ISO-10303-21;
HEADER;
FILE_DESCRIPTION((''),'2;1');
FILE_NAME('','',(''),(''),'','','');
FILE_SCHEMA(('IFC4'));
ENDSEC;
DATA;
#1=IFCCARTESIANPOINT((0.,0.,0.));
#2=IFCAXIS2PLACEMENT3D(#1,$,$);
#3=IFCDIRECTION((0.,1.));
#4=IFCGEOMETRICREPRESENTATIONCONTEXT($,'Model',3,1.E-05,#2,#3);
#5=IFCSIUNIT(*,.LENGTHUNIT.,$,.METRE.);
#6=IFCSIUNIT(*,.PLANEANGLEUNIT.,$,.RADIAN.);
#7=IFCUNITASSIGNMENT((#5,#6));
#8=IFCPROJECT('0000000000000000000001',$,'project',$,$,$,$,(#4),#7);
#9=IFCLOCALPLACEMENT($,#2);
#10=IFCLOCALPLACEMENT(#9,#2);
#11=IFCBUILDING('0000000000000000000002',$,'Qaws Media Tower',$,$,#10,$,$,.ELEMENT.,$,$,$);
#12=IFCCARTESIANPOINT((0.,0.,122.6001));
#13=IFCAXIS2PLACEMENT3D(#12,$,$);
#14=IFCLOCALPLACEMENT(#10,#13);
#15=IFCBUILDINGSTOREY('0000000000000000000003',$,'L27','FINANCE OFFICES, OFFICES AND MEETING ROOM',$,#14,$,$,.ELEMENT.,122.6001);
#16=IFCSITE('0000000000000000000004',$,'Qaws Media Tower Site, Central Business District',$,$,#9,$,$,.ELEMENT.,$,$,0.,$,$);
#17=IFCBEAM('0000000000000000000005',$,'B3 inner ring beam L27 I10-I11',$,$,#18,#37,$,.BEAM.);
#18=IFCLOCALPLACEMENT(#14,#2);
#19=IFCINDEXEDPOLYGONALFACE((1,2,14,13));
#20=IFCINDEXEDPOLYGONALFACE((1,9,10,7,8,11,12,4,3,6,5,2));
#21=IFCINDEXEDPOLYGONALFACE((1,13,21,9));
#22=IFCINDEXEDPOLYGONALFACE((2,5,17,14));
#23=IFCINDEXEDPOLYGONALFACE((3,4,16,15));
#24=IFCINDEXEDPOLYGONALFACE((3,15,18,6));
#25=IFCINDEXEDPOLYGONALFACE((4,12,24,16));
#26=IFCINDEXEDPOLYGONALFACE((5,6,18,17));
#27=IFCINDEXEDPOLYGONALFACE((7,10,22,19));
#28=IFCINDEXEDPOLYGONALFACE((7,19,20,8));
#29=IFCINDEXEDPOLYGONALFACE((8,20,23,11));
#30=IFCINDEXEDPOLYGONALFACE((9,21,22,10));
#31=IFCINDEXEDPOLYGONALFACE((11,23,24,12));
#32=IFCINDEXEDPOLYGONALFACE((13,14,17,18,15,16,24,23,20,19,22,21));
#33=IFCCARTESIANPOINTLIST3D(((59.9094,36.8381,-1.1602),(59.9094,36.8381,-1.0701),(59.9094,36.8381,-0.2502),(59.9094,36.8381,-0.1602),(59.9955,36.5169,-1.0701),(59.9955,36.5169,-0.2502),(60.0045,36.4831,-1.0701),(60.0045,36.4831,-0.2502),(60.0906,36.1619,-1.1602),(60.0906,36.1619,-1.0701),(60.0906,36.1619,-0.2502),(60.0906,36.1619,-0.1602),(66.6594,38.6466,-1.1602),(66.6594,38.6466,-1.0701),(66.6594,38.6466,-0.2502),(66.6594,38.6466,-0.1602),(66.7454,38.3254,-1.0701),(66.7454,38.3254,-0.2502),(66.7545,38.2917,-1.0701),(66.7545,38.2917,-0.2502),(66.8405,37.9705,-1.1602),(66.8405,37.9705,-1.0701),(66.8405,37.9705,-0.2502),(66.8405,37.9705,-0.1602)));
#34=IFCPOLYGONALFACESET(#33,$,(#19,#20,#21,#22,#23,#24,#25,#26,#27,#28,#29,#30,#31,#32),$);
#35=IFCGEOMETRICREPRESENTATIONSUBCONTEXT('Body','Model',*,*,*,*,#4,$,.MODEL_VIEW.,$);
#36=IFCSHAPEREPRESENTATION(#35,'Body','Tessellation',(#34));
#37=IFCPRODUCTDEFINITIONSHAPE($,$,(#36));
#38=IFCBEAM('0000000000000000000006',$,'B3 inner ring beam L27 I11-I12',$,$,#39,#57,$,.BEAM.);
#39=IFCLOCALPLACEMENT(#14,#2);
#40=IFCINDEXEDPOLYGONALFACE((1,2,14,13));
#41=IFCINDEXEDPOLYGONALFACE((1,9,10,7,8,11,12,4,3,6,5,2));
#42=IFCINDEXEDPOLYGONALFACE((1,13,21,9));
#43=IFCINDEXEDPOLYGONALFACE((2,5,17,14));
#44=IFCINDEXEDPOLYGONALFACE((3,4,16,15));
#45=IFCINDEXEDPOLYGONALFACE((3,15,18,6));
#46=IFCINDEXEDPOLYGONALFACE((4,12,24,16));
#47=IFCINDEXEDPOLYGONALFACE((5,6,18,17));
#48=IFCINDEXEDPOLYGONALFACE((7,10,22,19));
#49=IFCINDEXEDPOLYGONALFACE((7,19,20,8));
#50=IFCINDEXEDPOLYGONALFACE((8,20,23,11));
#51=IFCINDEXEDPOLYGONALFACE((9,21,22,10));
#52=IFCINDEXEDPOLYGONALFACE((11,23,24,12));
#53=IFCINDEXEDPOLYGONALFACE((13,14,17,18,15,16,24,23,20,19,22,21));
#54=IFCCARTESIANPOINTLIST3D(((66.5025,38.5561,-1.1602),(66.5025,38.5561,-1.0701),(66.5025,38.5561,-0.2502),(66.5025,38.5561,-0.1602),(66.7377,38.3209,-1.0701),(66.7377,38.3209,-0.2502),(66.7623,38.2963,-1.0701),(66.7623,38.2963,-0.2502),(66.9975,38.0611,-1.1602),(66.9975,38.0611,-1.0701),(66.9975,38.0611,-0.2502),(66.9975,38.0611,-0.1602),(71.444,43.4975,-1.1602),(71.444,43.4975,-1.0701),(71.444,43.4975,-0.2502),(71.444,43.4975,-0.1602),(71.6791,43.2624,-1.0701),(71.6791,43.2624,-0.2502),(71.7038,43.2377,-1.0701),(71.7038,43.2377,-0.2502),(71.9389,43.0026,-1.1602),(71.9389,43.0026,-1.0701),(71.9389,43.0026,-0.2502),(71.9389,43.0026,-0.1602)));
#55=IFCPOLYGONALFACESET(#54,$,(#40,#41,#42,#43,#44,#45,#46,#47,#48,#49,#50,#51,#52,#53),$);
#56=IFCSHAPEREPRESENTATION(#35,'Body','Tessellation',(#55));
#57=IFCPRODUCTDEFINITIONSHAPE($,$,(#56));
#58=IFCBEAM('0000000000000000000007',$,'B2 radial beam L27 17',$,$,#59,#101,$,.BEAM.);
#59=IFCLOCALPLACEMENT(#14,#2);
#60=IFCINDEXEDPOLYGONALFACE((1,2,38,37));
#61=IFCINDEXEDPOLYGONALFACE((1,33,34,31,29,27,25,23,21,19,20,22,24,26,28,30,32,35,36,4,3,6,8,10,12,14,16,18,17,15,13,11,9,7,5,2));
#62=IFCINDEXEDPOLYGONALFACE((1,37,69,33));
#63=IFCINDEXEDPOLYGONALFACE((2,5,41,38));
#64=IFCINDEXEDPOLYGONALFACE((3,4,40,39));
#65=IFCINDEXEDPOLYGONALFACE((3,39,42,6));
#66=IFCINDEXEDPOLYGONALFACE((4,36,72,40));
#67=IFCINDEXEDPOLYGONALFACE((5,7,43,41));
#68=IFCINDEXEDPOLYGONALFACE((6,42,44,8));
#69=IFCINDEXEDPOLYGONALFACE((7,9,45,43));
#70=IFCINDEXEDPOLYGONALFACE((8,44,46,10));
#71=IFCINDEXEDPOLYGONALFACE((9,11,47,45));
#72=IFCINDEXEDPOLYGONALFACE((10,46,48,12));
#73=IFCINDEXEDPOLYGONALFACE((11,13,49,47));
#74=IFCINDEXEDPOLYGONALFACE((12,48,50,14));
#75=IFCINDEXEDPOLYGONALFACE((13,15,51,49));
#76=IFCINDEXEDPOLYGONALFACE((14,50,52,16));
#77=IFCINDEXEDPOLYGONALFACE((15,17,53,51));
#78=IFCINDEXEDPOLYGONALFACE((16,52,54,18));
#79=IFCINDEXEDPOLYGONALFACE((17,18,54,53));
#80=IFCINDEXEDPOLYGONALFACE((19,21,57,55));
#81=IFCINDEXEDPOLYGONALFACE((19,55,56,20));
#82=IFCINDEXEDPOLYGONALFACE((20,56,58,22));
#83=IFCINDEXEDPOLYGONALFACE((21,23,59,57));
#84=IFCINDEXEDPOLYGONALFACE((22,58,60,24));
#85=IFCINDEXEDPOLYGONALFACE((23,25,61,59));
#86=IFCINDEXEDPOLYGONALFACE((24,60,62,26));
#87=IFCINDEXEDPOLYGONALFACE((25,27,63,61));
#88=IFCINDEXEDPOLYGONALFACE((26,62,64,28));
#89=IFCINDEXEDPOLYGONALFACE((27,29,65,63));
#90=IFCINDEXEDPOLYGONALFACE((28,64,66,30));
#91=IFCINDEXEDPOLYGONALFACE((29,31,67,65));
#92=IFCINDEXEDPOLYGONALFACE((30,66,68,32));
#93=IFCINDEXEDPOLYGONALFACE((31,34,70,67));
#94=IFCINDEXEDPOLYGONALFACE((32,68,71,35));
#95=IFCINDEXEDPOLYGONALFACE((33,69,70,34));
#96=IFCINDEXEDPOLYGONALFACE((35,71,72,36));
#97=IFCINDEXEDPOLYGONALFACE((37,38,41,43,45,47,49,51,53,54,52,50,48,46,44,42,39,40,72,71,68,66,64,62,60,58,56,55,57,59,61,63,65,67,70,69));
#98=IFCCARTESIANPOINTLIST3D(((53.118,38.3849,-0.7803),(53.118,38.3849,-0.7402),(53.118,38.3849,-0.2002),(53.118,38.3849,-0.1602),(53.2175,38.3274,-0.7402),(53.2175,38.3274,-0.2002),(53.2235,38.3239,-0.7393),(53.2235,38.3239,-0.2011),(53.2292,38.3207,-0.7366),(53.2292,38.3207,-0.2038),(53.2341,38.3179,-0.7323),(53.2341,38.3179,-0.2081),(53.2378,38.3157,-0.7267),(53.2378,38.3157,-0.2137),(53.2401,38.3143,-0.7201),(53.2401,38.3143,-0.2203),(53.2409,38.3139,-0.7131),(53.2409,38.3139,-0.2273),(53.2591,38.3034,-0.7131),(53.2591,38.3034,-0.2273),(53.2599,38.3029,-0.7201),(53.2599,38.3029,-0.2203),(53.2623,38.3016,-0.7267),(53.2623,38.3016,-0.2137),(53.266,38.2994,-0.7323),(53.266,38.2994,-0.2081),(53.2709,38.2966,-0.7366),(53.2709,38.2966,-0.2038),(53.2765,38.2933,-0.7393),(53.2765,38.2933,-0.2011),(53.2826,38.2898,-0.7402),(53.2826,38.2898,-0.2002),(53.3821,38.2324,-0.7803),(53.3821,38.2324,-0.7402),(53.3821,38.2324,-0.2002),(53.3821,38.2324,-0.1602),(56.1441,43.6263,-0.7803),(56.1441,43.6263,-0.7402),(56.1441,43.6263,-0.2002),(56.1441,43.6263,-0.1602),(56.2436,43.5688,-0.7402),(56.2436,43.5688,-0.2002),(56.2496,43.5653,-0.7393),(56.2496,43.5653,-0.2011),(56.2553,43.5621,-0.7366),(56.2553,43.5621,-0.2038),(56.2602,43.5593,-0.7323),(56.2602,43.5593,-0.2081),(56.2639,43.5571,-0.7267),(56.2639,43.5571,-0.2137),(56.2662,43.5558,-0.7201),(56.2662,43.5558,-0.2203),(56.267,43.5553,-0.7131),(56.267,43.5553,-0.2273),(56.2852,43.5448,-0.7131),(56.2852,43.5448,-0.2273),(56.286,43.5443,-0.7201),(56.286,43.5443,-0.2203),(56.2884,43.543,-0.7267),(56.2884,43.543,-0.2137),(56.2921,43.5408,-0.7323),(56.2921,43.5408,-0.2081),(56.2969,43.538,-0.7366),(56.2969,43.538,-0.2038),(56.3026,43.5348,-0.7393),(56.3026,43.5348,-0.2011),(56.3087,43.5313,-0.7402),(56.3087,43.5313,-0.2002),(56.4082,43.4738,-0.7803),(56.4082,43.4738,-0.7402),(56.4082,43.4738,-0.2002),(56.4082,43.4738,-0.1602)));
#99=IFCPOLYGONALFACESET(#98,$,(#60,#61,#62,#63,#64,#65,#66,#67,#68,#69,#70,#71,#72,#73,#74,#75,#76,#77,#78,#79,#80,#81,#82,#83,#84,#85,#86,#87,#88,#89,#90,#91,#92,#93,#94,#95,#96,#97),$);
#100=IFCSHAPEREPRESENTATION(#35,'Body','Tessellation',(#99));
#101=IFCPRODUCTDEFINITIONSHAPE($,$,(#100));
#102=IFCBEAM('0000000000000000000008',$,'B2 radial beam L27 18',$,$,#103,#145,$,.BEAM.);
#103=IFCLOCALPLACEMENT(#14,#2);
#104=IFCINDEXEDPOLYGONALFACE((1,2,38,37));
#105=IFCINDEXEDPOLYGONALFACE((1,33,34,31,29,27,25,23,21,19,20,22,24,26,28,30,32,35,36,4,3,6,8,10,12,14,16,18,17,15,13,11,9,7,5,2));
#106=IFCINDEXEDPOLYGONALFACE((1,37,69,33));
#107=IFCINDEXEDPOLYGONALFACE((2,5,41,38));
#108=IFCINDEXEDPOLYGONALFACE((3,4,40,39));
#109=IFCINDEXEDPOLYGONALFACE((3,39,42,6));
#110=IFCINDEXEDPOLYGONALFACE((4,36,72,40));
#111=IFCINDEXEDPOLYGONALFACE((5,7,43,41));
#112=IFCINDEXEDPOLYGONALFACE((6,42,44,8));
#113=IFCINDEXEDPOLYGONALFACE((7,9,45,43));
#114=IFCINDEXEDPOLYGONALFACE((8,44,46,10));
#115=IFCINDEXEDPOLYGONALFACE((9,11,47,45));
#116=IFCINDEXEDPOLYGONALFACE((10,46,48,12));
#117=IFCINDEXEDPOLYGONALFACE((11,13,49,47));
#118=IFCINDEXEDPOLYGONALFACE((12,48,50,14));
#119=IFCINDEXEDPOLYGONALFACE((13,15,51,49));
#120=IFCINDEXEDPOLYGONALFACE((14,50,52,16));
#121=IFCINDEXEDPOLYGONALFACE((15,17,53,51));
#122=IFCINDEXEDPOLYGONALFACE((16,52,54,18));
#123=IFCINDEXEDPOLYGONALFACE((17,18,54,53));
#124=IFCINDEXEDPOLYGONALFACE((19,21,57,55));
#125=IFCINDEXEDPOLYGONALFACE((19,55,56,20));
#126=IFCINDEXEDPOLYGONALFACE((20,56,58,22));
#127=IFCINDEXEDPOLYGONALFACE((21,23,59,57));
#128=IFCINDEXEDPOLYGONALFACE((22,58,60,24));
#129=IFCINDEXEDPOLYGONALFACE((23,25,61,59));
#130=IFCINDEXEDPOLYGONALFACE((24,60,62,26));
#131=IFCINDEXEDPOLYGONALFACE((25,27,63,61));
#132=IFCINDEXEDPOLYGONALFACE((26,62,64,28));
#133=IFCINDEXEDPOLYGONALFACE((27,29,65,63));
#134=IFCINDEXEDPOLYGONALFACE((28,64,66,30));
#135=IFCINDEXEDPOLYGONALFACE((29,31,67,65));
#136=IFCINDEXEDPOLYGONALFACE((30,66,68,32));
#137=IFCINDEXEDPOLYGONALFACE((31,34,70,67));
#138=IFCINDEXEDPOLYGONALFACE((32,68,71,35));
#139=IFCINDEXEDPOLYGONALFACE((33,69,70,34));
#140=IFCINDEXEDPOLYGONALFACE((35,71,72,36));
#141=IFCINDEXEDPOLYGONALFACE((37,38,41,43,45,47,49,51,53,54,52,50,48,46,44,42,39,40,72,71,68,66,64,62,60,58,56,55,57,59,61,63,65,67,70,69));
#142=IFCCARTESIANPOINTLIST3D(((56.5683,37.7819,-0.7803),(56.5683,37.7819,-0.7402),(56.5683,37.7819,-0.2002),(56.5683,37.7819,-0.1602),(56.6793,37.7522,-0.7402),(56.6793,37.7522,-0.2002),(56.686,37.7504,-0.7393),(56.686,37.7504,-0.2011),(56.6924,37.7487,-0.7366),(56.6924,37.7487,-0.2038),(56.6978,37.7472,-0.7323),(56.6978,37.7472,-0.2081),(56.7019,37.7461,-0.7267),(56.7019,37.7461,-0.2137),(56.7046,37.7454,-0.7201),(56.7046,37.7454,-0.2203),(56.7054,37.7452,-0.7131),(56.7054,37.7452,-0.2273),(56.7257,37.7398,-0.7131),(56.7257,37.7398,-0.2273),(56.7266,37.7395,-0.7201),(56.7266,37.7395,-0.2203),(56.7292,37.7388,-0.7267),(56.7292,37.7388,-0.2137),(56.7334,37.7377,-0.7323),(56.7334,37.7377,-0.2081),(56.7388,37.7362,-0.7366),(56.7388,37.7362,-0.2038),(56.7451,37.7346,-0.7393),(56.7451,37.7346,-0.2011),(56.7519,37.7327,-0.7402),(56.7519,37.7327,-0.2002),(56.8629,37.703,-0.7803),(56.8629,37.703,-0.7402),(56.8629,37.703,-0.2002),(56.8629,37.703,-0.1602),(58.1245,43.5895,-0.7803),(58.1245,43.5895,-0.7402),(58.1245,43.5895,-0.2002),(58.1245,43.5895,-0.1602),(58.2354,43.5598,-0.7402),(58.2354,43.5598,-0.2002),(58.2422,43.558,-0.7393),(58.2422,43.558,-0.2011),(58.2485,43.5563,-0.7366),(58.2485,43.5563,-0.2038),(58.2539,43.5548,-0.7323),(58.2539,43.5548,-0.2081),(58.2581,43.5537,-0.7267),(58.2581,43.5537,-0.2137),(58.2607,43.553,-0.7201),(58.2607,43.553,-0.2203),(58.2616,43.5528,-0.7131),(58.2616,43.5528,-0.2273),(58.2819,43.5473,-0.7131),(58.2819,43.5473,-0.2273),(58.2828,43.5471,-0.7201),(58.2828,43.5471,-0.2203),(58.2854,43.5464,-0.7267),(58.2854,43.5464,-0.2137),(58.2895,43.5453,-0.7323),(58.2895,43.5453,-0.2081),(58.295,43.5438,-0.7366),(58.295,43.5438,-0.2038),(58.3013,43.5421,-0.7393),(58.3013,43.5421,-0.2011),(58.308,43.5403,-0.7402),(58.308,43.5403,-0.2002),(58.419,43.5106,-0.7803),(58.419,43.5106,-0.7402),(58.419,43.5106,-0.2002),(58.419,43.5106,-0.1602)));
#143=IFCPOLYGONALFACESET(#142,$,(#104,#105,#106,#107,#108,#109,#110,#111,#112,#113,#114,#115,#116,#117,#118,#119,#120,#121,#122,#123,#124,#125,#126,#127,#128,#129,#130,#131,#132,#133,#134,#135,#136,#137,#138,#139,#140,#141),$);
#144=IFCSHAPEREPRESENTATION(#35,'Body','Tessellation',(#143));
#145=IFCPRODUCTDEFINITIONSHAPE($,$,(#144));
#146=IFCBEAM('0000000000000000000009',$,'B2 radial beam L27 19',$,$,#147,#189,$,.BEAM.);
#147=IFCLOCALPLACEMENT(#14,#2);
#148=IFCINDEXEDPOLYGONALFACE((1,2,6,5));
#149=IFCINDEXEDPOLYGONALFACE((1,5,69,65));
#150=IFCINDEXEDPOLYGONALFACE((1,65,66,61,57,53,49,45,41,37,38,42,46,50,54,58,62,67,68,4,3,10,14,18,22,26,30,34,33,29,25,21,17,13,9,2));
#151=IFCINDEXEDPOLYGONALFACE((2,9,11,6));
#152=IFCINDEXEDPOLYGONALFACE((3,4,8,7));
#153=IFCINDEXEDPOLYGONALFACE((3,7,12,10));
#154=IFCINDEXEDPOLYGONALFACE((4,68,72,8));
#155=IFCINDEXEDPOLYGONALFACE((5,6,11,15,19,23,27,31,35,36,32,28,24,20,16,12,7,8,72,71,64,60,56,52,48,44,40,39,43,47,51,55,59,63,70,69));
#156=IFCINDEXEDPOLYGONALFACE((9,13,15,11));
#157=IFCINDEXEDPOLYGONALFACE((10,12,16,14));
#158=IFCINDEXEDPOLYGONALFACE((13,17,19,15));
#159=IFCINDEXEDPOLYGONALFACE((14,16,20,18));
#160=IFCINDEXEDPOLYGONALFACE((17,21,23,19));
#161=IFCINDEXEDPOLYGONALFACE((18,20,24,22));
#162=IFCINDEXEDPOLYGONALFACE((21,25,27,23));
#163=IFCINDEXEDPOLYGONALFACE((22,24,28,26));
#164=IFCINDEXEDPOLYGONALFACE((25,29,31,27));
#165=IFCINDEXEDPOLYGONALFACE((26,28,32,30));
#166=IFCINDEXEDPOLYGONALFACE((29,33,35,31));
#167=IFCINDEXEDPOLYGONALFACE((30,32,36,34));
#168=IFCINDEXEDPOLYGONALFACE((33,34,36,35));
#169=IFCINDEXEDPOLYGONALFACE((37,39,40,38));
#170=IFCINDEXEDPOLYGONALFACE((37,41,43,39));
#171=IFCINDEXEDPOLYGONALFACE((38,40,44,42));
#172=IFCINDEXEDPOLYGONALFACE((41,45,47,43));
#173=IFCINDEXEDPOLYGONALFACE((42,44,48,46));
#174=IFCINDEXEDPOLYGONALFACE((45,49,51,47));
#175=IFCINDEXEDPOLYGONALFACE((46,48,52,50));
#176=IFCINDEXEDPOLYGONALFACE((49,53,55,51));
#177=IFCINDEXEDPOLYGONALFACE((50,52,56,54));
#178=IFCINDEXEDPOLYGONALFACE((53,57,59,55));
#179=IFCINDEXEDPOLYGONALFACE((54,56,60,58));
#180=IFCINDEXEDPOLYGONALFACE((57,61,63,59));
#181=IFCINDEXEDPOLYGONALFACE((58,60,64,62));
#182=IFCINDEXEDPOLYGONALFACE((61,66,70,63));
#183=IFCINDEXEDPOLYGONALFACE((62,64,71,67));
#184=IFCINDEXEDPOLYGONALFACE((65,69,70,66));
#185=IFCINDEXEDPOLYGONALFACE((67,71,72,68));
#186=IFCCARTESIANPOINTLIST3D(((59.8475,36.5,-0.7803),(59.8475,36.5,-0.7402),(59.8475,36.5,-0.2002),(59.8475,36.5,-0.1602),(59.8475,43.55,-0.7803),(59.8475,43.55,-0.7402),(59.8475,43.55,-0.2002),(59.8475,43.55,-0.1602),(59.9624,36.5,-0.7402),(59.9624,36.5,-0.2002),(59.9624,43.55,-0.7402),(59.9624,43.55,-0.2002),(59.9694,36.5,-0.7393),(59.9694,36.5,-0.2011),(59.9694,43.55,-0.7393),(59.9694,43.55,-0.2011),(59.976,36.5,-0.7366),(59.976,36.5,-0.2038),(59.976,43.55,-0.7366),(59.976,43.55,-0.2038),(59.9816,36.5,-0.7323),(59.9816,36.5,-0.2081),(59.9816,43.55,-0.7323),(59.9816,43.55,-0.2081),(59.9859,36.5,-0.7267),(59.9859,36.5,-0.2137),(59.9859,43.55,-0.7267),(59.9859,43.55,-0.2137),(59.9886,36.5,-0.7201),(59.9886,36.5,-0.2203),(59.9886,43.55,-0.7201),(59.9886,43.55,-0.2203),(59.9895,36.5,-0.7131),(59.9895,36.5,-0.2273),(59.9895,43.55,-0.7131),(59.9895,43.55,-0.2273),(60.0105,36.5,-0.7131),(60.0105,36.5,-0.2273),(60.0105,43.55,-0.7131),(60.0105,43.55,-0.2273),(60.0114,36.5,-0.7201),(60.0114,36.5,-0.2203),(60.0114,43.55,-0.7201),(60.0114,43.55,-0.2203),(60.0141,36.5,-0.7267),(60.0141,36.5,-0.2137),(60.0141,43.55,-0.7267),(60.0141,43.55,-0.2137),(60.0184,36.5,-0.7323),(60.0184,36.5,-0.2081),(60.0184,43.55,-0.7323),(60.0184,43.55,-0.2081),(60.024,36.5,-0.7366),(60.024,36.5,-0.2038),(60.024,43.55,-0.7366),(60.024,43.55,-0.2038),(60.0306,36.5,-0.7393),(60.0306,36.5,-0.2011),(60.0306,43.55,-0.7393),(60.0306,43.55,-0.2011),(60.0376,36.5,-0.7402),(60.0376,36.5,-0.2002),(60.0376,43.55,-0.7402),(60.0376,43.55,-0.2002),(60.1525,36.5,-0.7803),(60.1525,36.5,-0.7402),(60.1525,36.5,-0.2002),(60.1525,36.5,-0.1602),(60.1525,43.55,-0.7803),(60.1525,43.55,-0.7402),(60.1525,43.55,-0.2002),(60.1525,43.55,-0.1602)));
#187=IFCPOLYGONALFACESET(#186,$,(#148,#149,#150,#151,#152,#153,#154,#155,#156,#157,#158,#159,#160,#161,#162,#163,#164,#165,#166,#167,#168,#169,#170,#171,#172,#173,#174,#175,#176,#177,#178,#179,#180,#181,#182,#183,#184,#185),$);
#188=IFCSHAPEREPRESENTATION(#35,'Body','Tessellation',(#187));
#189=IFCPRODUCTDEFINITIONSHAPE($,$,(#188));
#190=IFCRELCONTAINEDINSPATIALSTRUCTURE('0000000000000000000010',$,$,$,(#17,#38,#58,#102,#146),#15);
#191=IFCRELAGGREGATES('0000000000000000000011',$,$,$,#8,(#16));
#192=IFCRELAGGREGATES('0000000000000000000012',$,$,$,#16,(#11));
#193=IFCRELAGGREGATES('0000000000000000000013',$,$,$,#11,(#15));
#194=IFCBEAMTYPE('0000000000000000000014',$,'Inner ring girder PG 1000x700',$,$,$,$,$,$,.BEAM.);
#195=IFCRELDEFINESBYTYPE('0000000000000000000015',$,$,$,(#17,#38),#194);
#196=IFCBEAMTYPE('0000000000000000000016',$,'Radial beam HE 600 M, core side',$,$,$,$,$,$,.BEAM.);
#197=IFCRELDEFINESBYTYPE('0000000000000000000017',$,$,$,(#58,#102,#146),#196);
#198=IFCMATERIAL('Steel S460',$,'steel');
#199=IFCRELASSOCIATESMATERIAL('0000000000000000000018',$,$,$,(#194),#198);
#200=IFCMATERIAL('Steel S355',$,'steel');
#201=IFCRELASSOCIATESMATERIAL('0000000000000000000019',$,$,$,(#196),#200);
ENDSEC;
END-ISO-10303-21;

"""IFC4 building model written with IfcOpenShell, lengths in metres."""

from ifc_helpers import new_model, si_unit, direction, frame, origin, origin_2d, place, context, subcontext, project, spatial, i_section, extrude, material, material_profile, profile_set, type_object, element, save


model = new_model("IFC4")

# Units and contexts
model_context = context("Model", 3, precision=1e-05, world=origin(), true_north=direction((0.0, 1.0)))
body_context = subcontext(model_context, "Body", "Model", "MODEL_VIEW")
ifc_project = project(units=[si_unit("LENGTHUNIT", "METRE"), si_unit("PLANEANGLEUNIT", "RADIAN")], contexts=[model_context])

# Site, building, storey
site_placement = place(None, origin())
site = spatial("IfcSite", under=ifc_project, at=site_placement, Name="Qaws Media Tower Site, Central Business District", CompositionType="ELEMENT", RefElevation=0.0)
building_placement = place(site_placement, origin())
building = spatial("IfcBuilding", under=site, at=building_placement, Name="Qaws Media Tower", CompositionType="ELEMENT")
storey_placement = place(building_placement, frame((0.0, 0.0, 122.6001)))
storey = spatial("IfcBuildingStorey", under=building, at=storey_placement, Name="L27", Description="FINANCE OFFICES, OFFICES AND MEETING ROOM", CompositionType="ELEMENT", Elevation=122.6001)

# Beams
ifc_material_1 = material(Name="Steel S460", Category="steel")
ifc_material_profile_1 = material_profile(ifc_material_1, i_section(OverallWidth=0.7, OverallDepth=1.0, WebThickness=0.0349, FlangeThickness=0.0901, at=origin_2d()), Name="PG 1000x700")
ifc_profile_set_1 = profile_set([ifc_material_profile_1], Name="Steel S460")
beam_type_1 = type_object("IfcBeamType", Name="Inner ring girder PG 1000x700", PredefinedType="BEAM", material=ifc_profile_set_1)
beam_1_placement = place(storey_placement, frame((60.0, 36.5, -0.6602), z_axis=(0.965928, 0.258811, 0.0), x_axis=(-0.258811, 0.965928, 0.0)))
element("IfcBeam", 1, at=beam_1_placement, inside=storey, type_object=beam_type_1, Name="B3 inner ring beam L27 I10-I11", PredefinedType="BEAM", context=body_context, shape_type="SweptSolid", body=[
    extrude(i_section(OverallWidth=0.7, OverallDepth=1.0, WebThickness=0.0349, FlangeThickness=0.0901, at=origin_2d()), origin(), (0.0, 0.0, 1.0), 6.988),
])
beam_2_placement = place(storey_placement, frame((66.75, 38.3086, -0.6602), z_axis=(0.707107, 0.707107, 0.0), x_axis=(-0.707107, 0.707107, 0.0)))
element("IfcBeam", 2, at=beam_2_placement, inside=storey, type_object=beam_type_1, Name="B3 inner ring beam L27 I11-I12", PredefinedType="BEAM", context=body_context, shape_type="SweptSolid", body=[
    extrude(i_section(OverallWidth=0.7, OverallDepth=1.0, WebThickness=0.0349, FlangeThickness=0.0901, at=origin_2d()), origin(), (0.0, 0.0, 1.0), 6.9883),
])
ifc_material_2 = material(Name="Steel S355", Category="steel")
ifc_material_profile_2 = material_profile(ifc_material_2, i_section(OverallWidth=0.3049, OverallDepth=0.6201, WebThickness=0.021, FlangeThickness=0.04, FilletRadius=0.0271, at=origin_2d()), Name="HE 600 M")
ifc_profile_set_2 = profile_set([ifc_material_profile_2], Name="Steel S355")
beam_type_2 = type_object("IfcBeamType", Name="Radial beam HE 600 M, core side", PredefinedType="BEAM", material=ifc_profile_set_2)
beam_3_placement = place(storey_placement, frame((56.2761, 43.55, -0.4702), z_axis=(-0.499996, -0.866028, 0.0), x_axis=(0.866028, -0.499996, 0.0)))
element("IfcBeam", 3, at=beam_3_placement, inside=storey, type_object=beam_type_2, Name="B2 radial beam L27 17", PredefinedType="BEAM", context=body_context, shape_type="SweptSolid", body=[
    extrude(i_section(OverallWidth=0.3049, OverallDepth=0.6201, WebThickness=0.021, FlangeThickness=0.04, FilletRadius=0.0271, at=origin_2d()), origin(), (0.0, 0.0, 1.0), 6.0522),
])
beam_4_placement = place(storey_placement, frame((58.2717, 43.55, -0.4702), z_axis=(-0.25882, -0.965926, 0.0), x_axis=(0.965926, -0.25882, 0.0)))
element("IfcBeam", 4, at=beam_4_placement, inside=storey, type_object=beam_type_2, Name="B2 radial beam L27 18", PredefinedType="BEAM", context=body_context, shape_type="SweptSolid", body=[
    extrude(i_section(OverallWidth=0.3049, OverallDepth=0.6201, WebThickness=0.021, FlangeThickness=0.04, FilletRadius=0.0271, at=origin_2d()), origin(), (0.0, 0.0, 1.0), 6.0125),
])
beam_5_placement = place(storey_placement, frame((60.0, 43.55, -0.4702), z_axis=(0.0, -1.0, 0.0), x_axis=(1.0, 0.0, 0.0)))
element("IfcBeam", 5, at=beam_5_placement, inside=storey, type_object=beam_type_2, Name="B2 radial beam L27 19", PredefinedType="BEAM", context=body_context, shape_type="SweptSolid", body=[
    extrude(i_section(OverallWidth=0.3049, OverallDepth=0.6201, WebThickness=0.021, FlangeThickness=0.04, FilletRadius=0.0271, at=origin_2d()), origin(), (0.0, 0.0, 1.0), 7.05),
])

save(model, "model.ifc")
